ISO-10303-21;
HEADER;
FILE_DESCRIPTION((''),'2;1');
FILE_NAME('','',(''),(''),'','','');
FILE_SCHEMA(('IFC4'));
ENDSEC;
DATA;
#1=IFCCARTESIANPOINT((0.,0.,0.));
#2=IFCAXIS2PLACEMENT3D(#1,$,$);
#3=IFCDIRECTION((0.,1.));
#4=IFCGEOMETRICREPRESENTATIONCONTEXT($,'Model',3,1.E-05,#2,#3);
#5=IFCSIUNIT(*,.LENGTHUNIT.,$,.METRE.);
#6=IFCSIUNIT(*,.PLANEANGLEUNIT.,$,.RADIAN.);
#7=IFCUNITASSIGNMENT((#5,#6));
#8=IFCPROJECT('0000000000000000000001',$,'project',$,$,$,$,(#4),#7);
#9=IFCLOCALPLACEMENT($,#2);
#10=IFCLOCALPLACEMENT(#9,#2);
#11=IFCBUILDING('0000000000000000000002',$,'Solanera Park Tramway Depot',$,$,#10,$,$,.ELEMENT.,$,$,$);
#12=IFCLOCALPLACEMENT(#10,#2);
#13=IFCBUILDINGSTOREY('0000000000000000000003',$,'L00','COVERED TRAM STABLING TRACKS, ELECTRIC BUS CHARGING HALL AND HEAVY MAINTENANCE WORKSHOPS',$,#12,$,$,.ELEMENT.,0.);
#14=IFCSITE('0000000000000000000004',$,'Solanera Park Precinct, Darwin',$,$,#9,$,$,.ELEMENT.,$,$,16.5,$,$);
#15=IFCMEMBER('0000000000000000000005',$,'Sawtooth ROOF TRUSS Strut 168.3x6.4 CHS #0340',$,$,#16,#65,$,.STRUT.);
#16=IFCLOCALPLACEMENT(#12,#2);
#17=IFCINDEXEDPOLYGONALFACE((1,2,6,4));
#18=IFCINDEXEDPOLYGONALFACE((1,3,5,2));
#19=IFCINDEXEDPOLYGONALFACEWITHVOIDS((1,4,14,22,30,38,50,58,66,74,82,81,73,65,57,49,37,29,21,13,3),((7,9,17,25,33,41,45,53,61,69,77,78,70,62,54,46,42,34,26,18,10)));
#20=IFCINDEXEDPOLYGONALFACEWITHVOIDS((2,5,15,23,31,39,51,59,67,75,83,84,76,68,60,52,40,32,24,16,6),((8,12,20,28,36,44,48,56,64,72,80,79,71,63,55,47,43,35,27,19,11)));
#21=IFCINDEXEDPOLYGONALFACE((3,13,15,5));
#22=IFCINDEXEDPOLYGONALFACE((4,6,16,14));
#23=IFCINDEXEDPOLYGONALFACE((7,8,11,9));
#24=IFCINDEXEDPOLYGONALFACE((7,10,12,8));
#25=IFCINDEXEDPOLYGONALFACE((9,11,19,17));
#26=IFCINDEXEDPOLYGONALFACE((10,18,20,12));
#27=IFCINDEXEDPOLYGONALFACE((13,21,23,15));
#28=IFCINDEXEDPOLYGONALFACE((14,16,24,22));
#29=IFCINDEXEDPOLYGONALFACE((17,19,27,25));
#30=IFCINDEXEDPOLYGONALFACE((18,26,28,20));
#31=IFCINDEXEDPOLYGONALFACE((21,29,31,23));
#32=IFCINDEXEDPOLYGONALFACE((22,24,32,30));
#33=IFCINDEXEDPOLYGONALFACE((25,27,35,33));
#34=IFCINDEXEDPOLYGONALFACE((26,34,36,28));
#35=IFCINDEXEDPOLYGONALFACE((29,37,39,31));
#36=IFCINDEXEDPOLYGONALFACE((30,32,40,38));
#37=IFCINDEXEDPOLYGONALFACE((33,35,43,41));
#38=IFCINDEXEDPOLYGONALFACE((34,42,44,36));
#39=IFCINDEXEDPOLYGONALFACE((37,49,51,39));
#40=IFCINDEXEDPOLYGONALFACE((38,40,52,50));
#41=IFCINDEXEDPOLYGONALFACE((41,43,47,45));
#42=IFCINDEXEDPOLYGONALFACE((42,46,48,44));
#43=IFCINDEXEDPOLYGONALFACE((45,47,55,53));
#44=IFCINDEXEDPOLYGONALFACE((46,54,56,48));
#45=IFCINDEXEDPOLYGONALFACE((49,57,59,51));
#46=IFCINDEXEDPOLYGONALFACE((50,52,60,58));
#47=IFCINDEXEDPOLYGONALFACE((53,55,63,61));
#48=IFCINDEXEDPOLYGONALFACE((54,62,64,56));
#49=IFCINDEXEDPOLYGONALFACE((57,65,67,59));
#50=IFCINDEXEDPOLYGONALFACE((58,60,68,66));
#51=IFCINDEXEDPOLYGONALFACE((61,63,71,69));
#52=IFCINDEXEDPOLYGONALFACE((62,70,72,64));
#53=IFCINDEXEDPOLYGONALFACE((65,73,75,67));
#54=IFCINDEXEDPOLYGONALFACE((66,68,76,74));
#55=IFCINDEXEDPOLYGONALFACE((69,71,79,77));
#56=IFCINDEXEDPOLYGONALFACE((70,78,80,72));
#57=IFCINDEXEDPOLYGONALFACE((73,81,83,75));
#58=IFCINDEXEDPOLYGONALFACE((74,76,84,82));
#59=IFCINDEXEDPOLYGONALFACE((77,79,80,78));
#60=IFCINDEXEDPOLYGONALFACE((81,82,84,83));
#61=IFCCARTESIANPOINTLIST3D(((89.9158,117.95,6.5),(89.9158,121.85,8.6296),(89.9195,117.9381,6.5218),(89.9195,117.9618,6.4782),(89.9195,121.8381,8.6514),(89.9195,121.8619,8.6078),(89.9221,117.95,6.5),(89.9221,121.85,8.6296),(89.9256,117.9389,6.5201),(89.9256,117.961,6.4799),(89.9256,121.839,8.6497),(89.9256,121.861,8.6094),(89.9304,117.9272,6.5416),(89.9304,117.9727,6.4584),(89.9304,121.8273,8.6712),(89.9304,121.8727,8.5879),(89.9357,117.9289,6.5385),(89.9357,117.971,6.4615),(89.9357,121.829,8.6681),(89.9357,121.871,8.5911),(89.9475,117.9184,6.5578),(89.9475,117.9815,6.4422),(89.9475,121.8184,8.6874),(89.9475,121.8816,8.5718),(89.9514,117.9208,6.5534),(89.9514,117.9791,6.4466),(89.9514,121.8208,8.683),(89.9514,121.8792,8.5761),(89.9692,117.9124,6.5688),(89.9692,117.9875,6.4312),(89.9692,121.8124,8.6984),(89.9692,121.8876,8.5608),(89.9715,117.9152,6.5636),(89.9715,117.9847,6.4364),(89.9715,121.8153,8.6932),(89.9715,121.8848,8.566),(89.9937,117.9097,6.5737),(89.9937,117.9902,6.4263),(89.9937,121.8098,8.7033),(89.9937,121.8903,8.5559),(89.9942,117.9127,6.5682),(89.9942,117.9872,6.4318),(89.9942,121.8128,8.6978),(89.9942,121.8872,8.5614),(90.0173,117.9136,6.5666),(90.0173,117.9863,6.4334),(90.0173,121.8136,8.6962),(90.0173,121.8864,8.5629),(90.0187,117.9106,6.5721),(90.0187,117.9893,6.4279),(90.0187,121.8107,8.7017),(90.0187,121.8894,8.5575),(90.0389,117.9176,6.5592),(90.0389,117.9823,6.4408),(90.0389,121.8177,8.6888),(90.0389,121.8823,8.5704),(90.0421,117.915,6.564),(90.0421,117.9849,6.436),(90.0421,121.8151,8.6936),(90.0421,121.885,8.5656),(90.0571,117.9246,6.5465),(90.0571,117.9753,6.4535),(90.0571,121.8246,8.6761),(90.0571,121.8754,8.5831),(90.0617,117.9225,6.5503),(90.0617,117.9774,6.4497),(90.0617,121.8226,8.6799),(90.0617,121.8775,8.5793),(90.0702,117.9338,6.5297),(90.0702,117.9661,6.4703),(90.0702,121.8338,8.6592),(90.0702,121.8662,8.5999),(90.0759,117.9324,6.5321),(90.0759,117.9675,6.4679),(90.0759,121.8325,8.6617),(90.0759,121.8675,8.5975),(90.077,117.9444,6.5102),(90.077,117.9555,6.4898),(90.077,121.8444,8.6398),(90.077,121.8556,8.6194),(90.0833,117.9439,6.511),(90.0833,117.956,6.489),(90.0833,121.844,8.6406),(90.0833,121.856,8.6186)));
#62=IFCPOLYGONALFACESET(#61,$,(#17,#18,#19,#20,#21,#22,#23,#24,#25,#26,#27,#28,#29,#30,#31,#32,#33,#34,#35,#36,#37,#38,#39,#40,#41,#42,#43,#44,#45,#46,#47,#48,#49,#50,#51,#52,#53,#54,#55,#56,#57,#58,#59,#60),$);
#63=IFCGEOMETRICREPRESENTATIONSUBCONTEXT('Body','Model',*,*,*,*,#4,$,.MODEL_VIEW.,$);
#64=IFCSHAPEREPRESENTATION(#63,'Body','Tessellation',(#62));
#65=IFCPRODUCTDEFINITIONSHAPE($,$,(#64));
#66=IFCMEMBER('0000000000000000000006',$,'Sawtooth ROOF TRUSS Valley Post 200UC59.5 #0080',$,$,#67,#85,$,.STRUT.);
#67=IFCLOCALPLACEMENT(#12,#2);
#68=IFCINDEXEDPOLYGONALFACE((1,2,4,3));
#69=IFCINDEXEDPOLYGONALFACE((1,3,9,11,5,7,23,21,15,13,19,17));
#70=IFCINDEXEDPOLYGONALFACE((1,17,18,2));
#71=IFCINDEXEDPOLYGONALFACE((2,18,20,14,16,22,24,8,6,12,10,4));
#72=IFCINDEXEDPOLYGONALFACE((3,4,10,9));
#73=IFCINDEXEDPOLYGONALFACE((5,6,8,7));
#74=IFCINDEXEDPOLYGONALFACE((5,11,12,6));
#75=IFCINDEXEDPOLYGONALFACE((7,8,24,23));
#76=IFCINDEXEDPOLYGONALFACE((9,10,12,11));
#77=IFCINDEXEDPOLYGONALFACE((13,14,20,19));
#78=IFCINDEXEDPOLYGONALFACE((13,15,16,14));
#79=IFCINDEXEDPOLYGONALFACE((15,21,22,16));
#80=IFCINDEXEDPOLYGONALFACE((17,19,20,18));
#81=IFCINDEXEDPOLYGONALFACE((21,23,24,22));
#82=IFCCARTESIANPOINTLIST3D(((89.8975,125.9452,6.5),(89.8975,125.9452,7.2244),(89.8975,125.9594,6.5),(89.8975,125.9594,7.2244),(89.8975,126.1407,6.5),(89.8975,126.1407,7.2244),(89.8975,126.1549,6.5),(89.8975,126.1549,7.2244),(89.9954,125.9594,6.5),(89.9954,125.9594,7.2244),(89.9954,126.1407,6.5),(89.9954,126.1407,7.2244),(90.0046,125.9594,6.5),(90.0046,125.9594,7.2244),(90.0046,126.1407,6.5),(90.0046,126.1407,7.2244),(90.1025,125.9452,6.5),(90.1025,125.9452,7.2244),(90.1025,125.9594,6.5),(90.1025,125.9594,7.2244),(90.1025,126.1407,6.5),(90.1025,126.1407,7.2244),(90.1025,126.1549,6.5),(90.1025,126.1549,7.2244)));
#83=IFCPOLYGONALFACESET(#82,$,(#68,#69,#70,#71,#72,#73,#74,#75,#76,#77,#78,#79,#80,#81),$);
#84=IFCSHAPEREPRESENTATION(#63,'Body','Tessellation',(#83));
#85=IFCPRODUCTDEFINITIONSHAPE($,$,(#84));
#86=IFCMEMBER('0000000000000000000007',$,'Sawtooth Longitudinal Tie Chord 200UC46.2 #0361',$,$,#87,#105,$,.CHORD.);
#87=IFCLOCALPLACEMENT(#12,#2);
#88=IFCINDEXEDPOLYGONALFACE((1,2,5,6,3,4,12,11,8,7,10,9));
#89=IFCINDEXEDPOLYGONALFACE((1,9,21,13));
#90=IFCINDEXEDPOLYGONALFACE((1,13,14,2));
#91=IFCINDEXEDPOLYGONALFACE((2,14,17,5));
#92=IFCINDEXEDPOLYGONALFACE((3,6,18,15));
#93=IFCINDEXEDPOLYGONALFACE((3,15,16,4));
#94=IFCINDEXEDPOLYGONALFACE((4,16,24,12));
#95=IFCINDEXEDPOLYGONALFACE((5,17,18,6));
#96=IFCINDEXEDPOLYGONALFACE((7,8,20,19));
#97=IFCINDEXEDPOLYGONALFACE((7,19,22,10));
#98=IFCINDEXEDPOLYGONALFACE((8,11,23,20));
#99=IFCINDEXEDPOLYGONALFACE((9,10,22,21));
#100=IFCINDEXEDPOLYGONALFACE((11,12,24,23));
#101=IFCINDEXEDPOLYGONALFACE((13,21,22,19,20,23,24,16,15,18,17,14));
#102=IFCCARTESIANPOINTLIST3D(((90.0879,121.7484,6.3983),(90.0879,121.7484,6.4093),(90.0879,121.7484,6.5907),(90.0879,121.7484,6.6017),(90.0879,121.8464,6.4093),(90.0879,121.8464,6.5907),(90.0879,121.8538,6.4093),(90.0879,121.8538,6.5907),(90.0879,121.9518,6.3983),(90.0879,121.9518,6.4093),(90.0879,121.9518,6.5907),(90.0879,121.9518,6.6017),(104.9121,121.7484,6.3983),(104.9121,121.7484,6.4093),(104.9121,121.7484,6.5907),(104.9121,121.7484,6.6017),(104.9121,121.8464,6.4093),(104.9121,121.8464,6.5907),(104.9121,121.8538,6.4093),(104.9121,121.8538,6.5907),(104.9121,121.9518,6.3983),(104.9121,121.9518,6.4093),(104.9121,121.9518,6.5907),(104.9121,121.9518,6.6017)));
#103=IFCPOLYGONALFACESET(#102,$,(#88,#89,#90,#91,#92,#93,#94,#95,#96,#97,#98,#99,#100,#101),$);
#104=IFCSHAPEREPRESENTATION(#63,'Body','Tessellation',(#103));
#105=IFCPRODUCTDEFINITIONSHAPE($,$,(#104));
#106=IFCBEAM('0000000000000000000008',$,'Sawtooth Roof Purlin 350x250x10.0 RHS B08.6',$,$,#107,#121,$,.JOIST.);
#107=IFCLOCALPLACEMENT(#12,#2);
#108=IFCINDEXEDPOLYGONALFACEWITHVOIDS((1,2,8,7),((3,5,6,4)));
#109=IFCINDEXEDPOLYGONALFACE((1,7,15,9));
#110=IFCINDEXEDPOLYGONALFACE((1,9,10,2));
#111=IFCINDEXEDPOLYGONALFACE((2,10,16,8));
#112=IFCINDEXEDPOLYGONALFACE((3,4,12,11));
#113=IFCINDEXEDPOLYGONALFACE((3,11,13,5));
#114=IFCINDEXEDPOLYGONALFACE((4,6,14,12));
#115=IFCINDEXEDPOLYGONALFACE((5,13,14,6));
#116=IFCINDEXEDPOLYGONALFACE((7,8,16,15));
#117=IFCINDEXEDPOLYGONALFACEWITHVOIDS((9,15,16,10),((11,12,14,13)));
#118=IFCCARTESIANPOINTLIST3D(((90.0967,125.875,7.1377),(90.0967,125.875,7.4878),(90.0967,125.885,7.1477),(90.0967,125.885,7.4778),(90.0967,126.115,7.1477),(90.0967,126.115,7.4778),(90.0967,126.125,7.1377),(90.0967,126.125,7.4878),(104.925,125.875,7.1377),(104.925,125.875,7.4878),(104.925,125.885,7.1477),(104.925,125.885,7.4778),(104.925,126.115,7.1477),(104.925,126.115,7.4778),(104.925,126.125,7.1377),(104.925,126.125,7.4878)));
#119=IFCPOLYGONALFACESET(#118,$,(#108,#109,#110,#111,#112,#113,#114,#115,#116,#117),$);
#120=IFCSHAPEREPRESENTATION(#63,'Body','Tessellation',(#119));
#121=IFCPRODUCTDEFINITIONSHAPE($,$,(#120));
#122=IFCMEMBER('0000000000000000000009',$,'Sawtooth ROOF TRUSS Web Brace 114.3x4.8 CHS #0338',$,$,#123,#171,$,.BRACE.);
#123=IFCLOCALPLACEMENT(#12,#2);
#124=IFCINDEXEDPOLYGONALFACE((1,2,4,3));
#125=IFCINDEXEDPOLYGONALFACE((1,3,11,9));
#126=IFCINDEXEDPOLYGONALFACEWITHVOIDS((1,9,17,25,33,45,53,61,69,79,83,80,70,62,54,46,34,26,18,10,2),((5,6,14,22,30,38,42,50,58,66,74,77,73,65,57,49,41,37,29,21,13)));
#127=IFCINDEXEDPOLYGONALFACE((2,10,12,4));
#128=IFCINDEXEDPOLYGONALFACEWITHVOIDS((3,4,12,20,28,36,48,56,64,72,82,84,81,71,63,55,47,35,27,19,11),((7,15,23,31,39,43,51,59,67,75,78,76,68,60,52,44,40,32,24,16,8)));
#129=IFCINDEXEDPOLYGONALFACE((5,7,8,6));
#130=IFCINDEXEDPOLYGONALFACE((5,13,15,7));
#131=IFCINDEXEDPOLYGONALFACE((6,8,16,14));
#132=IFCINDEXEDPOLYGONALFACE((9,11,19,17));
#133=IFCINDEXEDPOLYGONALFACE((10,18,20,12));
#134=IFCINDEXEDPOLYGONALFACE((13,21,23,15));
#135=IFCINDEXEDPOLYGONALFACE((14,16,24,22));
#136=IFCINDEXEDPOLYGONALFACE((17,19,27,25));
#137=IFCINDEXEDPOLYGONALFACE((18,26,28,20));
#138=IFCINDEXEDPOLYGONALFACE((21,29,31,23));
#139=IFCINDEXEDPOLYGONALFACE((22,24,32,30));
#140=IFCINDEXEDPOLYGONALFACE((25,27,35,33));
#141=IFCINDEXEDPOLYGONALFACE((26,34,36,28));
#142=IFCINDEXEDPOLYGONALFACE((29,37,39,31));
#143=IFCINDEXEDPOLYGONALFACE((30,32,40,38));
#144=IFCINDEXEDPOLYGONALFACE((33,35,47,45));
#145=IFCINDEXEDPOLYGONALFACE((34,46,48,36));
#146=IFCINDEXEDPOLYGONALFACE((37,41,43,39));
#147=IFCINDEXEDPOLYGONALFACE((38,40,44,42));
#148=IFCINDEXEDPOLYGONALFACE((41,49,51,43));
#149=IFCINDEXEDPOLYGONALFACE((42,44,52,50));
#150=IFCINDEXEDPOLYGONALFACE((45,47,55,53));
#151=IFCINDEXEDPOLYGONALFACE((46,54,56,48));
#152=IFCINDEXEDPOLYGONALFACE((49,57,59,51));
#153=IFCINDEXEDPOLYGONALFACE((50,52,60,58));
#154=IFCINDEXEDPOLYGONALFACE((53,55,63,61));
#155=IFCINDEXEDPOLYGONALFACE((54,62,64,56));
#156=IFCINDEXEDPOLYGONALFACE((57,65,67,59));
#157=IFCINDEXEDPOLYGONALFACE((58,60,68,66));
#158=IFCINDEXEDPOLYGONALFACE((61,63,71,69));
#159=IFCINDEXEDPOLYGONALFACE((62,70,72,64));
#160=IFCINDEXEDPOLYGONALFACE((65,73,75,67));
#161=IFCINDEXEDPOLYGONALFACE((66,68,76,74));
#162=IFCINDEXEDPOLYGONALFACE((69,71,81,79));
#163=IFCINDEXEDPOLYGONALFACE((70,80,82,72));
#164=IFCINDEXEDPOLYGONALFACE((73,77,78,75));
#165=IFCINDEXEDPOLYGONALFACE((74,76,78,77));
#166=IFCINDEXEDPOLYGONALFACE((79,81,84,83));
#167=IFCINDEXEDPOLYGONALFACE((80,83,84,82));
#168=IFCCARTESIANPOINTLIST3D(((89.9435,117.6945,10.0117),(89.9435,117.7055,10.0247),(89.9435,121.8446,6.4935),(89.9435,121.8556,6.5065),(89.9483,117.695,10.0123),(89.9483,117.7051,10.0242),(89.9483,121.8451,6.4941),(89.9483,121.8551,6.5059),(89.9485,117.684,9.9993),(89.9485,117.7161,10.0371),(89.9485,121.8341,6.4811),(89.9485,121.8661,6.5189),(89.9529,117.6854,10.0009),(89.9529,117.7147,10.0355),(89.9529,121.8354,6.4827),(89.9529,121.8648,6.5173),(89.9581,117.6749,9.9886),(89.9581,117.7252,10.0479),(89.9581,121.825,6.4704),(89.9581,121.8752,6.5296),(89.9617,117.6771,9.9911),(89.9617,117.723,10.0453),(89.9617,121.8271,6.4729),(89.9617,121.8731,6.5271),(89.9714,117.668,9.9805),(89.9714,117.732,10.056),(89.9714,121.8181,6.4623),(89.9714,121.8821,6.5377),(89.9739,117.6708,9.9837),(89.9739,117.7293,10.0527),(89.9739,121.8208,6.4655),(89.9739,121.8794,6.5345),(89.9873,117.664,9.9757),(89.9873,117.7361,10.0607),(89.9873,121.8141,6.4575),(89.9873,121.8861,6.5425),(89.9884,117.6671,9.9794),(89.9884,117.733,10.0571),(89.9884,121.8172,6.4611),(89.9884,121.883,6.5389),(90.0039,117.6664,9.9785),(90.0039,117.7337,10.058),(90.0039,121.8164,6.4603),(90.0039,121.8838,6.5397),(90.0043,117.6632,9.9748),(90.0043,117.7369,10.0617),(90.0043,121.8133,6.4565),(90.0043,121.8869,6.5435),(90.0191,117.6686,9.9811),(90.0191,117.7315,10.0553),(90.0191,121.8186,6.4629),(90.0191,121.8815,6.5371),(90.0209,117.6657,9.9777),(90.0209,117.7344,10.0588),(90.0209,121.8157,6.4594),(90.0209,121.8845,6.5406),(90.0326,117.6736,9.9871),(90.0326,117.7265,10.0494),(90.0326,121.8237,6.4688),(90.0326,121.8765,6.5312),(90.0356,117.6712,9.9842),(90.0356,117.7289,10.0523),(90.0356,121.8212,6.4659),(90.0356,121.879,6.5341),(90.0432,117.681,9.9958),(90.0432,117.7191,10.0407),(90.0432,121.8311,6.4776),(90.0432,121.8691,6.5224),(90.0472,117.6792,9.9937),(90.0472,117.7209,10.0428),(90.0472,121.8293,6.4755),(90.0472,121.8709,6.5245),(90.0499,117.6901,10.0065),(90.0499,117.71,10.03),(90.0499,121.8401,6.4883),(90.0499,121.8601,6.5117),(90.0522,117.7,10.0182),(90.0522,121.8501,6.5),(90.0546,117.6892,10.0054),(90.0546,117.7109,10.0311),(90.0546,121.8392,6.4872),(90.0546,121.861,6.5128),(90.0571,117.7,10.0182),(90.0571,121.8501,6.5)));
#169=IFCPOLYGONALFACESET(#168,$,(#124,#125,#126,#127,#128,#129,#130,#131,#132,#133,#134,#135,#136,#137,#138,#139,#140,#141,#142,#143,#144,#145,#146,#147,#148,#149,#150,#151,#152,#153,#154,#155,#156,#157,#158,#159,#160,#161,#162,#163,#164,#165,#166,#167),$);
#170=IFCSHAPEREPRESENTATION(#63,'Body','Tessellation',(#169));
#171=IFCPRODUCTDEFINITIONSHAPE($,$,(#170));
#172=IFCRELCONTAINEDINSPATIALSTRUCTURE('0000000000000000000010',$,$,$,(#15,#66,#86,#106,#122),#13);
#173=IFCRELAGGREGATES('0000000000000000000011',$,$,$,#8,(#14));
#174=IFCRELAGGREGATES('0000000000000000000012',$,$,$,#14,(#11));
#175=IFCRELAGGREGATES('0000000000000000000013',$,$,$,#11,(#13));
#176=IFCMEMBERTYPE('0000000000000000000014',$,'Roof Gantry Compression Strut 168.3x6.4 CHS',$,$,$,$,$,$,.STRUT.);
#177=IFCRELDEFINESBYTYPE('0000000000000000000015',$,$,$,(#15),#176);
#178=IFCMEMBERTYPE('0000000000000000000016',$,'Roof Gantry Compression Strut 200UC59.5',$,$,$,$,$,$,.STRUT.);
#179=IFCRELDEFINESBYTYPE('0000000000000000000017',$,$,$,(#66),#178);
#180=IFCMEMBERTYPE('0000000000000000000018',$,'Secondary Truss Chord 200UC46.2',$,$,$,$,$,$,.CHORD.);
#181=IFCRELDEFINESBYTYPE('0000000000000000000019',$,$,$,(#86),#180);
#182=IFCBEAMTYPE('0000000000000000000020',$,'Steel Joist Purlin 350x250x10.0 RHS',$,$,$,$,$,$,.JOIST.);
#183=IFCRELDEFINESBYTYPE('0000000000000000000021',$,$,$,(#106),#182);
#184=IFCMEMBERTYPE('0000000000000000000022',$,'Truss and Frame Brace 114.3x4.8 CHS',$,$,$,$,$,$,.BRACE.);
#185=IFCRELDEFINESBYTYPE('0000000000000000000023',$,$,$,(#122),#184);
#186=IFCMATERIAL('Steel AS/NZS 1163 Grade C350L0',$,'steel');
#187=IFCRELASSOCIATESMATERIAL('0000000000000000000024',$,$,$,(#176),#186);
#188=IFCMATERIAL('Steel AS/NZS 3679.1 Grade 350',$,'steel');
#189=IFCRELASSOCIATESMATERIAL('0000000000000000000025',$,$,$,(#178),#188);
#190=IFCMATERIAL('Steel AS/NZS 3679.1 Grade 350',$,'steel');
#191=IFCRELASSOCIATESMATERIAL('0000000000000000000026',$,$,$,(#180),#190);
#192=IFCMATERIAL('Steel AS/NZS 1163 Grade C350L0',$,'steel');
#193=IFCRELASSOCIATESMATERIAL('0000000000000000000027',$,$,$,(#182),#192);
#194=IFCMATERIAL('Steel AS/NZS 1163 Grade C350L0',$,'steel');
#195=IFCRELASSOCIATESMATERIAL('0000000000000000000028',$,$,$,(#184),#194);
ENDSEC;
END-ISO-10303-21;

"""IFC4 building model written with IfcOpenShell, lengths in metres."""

from ifc_helpers import new_model, si_unit, direction, frame, origin, origin_2d, place, context, subcontext, project, spatial, hollow_rectangle, hollow_circle, i_section, extrude, material, material_profile, profile_set, type_object, element, save


model = new_model("IFC4")

# Units and contexts
model_context = context("Model", 3, precision=1e-05, world=origin(), true_north=direction((0.0, 1.0)))
body_context = subcontext(model_context, "Body", "Model", "MODEL_VIEW")
ifc_project = project(units=[si_unit("LENGTHUNIT", "METRE"), si_unit("PLANEANGLEUNIT", "RADIAN")], contexts=[model_context])

# Site, building, storey
site_placement = place(None, origin())
site = spatial("IfcSite", under=ifc_project, at=site_placement, Name="Solanera Park Precinct, Darwin", CompositionType="ELEMENT", RefElevation=16.5)
building_placement = place(site_placement, origin())
building = spatial("IfcBuilding", under=site, at=building_placement, Name="Solanera Park Tramway Depot", CompositionType="ELEMENT")
storey_placement = place(building_placement, origin())
storey = spatial("IfcBuildingStorey", under=building, at=storey_placement, Name="L00", Description="COVERED TRAM STABLING TRACKS, ELECTRIC BUS CHARGING HALL AND HEAVY MAINTENANCE WORKSHOPS", CompositionType="ELEMENT", Elevation=0.0)

# Members
ifc_material_1 = material(Name="Steel AS/NZS 1163 Grade C350L0", Category="steel")
ifc_material_profile_1 = material_profile(ifc_material_1, hollow_circle(Radius=0.0842, WallThickness=0.0063, at=origin_2d()), Name="168.3x6.4 CHS")
ifc_profile_set_1 = profile_set([ifc_material_profile_1], Name="Steel AS/NZS 1163 Grade C350L0")
member_type_1 = type_object("IfcMemberType", Name="Roof Gantry Compression Strut 168.3x6.4 CHS", PredefinedType="STRUT", material=ifc_profile_set_1)
member_1_placement = place(storey_placement, frame((90.0, 117.95, 6.5), z_axis=(0.0, 0.877679, 0.479249), x_axis=(-1.0, 0.0, 0.0)))
element("IfcMember", 1, at=member_1_placement, inside=storey, type_object=member_type_1, Name="Sawtooth ROOF TRUSS Strut 168.3x6.4 CHS #0340", PredefinedType="STRUT", context=body_context, shape_type="SweptSolid", body=[
    extrude(hollow_circle(Radius=0.0842, WallThickness=0.0063, at=origin_2d()), origin(), (0.0, 0.0, 1.0), 4.4436),
])
ifc_material_2 = material(Name="Steel AS/NZS 3679.1 Grade 350", Category="steel")
ifc_material_profile_2 = material_profile(ifc_material_2, i_section(OverallWidth=0.2051, OverallDepth=0.2097, WebThickness=0.0093, FlangeThickness=0.0142, at=origin_2d()), Name="200UC59.5")
ifc_profile_set_2 = profile_set([ifc_material_profile_2], Name="Steel AS/NZS 3679.1 Grade 350")
member_type_2 = type_object("IfcMemberType", Name="Roof Gantry Compression Strut 200UC59.5", PredefinedType="STRUT", material=ifc_profile_set_2)
member_2_placement = place(storey_placement, frame((90.0, 126.05, 6.5), z_axis=(0.0, 0.0, 1.0), x_axis=(1.0, 0.0, 0.0)))
element("IfcMember", 2, at=member_2_placement, inside=storey, type_object=member_type_2, Name="Sawtooth ROOF TRUSS Valley Post 200UC59.5 #0080", PredefinedType="STRUT", context=body_context, shape_type="SweptSolid", body=[
    extrude(i_section(OverallWidth=0.2051, OverallDepth=0.2097, WebThickness=0.0093, FlangeThickness=0.0142, at=origin_2d()), origin(), (0.0, 0.0, 1.0), 0.7244),
])
ifc_material_3 = material(Name="Steel AS/NZS 3679.1 Grade 350", Category="steel")
ifc_material_profile_3 = material_profile(ifc_material_3, i_section(OverallWidth=0.2034, OverallDepth=0.2034, WebThickness=0.0073, FlangeThickness=0.011, at=origin_2d()), Name="200UC46.2")
ifc_profile_set_3 = profile_set([ifc_material_profile_3], Name="Steel AS/NZS 3679.1 Grade 350")
member_type_3 = type_object("IfcMemberType", Name="Secondary Truss Chord 200UC46.2", PredefinedType="CHORD", material=ifc_profile_set_3)
member_3_placement = place(storey_placement, frame((90.0879, 121.8501, 6.5), z_axis=(1.0, 0.0, 0.0), x_axis=(0.0, 1.0, 0.0)))
element("IfcMember", 3, at=member_3_placement, inside=storey, type_object=member_type_3, Name="Sawtooth Longitudinal Tie Chord 200UC46.2 #0361", PredefinedType="CHORD", context=body_context, shape_type="SweptSolid", body=[
    extrude(i_section(OverallWidth=0.2034, OverallDepth=0.2034, WebThickness=0.0073, FlangeThickness=0.011, at=origin_2d()), origin(), (0.0, 0.0, 1.0), 14.8242),
])

# Beam
ifc_material_4 = material(Name="Steel AS/NZS 1163 Grade C350L0", Category="steel")
ifc_material_profile_4 = material_profile(ifc_material_4, hollow_rectangle(XDim=0.25, YDim=0.3501, WallThickness=0.01, at=origin_2d()), Name="350x250x10.0 RHS")
ifc_profile_set_4 = profile_set([ifc_material_profile_4], Name="Steel AS/NZS 1163 Grade C350L0")
beam_type = type_object("IfcBeamType", Name="Steel Joist Purlin 350x250x10.0 RHS", PredefinedType="JOIST", material=ifc_profile_set_4)
beam_placement = place(storey_placement, frame((90.0967, 126.0, 7.3127), z_axis=(1.0, 0.0, 0.0), x_axis=(0.0, 1.0, 0.0)))
element("IfcBeam", 4, at=beam_placement, inside=storey, type_object=beam_type, Name="Sawtooth Roof Purlin 350x250x10.0 RHS B08.6", PredefinedType="JOIST", context=body_context, shape_type="SweptSolid", body=[
    extrude(hollow_rectangle(XDim=0.25, YDim=0.3501, WallThickness=0.01, at=origin_2d()), origin(), (0.0, 0.0, 1.0), 14.8284),
])

# Member
ifc_material_5 = material(Name="Steel AS/NZS 1163 Grade C350L0", Category="steel")
ifc_material_profile_5 = material_profile(ifc_material_5, hollow_circle(Radius=0.0571, WallThickness=0.0049, at=origin_2d()), Name="114.3x4.8 CHS")
ifc_profile_set_5 = profile_set([ifc_material_profile_5], Name="Steel AS/NZS 1163 Grade C350L0")
member_type_4 = type_object("IfcMemberType", Name="Truss and Frame Brace 114.3x4.8 CHS", PredefinedType="BRACE", material=ifc_profile_set_5)
member_4_placement = place(storey_placement, frame((90.0, 121.8501, 6.5), z_axis=(0.0, -0.762783, 0.646654), x_axis=(1.0, 0.0, 0.0)))
element("IfcMember", 5, at=member_4_placement, inside=storey, type_object=member_type_4, Name="Sawtooth ROOF TRUSS Web Brace 114.3x4.8 CHS #0338", PredefinedType="BRACE", context=body_context, shape_type="SweptSolid", body=[
    extrude(hollow_circle(Radius=0.0571, WallThickness=0.0049, at=origin_2d()), origin(), (0.0, 0.0, 1.0), 5.4407),
])

save(model, "model.ifc")
